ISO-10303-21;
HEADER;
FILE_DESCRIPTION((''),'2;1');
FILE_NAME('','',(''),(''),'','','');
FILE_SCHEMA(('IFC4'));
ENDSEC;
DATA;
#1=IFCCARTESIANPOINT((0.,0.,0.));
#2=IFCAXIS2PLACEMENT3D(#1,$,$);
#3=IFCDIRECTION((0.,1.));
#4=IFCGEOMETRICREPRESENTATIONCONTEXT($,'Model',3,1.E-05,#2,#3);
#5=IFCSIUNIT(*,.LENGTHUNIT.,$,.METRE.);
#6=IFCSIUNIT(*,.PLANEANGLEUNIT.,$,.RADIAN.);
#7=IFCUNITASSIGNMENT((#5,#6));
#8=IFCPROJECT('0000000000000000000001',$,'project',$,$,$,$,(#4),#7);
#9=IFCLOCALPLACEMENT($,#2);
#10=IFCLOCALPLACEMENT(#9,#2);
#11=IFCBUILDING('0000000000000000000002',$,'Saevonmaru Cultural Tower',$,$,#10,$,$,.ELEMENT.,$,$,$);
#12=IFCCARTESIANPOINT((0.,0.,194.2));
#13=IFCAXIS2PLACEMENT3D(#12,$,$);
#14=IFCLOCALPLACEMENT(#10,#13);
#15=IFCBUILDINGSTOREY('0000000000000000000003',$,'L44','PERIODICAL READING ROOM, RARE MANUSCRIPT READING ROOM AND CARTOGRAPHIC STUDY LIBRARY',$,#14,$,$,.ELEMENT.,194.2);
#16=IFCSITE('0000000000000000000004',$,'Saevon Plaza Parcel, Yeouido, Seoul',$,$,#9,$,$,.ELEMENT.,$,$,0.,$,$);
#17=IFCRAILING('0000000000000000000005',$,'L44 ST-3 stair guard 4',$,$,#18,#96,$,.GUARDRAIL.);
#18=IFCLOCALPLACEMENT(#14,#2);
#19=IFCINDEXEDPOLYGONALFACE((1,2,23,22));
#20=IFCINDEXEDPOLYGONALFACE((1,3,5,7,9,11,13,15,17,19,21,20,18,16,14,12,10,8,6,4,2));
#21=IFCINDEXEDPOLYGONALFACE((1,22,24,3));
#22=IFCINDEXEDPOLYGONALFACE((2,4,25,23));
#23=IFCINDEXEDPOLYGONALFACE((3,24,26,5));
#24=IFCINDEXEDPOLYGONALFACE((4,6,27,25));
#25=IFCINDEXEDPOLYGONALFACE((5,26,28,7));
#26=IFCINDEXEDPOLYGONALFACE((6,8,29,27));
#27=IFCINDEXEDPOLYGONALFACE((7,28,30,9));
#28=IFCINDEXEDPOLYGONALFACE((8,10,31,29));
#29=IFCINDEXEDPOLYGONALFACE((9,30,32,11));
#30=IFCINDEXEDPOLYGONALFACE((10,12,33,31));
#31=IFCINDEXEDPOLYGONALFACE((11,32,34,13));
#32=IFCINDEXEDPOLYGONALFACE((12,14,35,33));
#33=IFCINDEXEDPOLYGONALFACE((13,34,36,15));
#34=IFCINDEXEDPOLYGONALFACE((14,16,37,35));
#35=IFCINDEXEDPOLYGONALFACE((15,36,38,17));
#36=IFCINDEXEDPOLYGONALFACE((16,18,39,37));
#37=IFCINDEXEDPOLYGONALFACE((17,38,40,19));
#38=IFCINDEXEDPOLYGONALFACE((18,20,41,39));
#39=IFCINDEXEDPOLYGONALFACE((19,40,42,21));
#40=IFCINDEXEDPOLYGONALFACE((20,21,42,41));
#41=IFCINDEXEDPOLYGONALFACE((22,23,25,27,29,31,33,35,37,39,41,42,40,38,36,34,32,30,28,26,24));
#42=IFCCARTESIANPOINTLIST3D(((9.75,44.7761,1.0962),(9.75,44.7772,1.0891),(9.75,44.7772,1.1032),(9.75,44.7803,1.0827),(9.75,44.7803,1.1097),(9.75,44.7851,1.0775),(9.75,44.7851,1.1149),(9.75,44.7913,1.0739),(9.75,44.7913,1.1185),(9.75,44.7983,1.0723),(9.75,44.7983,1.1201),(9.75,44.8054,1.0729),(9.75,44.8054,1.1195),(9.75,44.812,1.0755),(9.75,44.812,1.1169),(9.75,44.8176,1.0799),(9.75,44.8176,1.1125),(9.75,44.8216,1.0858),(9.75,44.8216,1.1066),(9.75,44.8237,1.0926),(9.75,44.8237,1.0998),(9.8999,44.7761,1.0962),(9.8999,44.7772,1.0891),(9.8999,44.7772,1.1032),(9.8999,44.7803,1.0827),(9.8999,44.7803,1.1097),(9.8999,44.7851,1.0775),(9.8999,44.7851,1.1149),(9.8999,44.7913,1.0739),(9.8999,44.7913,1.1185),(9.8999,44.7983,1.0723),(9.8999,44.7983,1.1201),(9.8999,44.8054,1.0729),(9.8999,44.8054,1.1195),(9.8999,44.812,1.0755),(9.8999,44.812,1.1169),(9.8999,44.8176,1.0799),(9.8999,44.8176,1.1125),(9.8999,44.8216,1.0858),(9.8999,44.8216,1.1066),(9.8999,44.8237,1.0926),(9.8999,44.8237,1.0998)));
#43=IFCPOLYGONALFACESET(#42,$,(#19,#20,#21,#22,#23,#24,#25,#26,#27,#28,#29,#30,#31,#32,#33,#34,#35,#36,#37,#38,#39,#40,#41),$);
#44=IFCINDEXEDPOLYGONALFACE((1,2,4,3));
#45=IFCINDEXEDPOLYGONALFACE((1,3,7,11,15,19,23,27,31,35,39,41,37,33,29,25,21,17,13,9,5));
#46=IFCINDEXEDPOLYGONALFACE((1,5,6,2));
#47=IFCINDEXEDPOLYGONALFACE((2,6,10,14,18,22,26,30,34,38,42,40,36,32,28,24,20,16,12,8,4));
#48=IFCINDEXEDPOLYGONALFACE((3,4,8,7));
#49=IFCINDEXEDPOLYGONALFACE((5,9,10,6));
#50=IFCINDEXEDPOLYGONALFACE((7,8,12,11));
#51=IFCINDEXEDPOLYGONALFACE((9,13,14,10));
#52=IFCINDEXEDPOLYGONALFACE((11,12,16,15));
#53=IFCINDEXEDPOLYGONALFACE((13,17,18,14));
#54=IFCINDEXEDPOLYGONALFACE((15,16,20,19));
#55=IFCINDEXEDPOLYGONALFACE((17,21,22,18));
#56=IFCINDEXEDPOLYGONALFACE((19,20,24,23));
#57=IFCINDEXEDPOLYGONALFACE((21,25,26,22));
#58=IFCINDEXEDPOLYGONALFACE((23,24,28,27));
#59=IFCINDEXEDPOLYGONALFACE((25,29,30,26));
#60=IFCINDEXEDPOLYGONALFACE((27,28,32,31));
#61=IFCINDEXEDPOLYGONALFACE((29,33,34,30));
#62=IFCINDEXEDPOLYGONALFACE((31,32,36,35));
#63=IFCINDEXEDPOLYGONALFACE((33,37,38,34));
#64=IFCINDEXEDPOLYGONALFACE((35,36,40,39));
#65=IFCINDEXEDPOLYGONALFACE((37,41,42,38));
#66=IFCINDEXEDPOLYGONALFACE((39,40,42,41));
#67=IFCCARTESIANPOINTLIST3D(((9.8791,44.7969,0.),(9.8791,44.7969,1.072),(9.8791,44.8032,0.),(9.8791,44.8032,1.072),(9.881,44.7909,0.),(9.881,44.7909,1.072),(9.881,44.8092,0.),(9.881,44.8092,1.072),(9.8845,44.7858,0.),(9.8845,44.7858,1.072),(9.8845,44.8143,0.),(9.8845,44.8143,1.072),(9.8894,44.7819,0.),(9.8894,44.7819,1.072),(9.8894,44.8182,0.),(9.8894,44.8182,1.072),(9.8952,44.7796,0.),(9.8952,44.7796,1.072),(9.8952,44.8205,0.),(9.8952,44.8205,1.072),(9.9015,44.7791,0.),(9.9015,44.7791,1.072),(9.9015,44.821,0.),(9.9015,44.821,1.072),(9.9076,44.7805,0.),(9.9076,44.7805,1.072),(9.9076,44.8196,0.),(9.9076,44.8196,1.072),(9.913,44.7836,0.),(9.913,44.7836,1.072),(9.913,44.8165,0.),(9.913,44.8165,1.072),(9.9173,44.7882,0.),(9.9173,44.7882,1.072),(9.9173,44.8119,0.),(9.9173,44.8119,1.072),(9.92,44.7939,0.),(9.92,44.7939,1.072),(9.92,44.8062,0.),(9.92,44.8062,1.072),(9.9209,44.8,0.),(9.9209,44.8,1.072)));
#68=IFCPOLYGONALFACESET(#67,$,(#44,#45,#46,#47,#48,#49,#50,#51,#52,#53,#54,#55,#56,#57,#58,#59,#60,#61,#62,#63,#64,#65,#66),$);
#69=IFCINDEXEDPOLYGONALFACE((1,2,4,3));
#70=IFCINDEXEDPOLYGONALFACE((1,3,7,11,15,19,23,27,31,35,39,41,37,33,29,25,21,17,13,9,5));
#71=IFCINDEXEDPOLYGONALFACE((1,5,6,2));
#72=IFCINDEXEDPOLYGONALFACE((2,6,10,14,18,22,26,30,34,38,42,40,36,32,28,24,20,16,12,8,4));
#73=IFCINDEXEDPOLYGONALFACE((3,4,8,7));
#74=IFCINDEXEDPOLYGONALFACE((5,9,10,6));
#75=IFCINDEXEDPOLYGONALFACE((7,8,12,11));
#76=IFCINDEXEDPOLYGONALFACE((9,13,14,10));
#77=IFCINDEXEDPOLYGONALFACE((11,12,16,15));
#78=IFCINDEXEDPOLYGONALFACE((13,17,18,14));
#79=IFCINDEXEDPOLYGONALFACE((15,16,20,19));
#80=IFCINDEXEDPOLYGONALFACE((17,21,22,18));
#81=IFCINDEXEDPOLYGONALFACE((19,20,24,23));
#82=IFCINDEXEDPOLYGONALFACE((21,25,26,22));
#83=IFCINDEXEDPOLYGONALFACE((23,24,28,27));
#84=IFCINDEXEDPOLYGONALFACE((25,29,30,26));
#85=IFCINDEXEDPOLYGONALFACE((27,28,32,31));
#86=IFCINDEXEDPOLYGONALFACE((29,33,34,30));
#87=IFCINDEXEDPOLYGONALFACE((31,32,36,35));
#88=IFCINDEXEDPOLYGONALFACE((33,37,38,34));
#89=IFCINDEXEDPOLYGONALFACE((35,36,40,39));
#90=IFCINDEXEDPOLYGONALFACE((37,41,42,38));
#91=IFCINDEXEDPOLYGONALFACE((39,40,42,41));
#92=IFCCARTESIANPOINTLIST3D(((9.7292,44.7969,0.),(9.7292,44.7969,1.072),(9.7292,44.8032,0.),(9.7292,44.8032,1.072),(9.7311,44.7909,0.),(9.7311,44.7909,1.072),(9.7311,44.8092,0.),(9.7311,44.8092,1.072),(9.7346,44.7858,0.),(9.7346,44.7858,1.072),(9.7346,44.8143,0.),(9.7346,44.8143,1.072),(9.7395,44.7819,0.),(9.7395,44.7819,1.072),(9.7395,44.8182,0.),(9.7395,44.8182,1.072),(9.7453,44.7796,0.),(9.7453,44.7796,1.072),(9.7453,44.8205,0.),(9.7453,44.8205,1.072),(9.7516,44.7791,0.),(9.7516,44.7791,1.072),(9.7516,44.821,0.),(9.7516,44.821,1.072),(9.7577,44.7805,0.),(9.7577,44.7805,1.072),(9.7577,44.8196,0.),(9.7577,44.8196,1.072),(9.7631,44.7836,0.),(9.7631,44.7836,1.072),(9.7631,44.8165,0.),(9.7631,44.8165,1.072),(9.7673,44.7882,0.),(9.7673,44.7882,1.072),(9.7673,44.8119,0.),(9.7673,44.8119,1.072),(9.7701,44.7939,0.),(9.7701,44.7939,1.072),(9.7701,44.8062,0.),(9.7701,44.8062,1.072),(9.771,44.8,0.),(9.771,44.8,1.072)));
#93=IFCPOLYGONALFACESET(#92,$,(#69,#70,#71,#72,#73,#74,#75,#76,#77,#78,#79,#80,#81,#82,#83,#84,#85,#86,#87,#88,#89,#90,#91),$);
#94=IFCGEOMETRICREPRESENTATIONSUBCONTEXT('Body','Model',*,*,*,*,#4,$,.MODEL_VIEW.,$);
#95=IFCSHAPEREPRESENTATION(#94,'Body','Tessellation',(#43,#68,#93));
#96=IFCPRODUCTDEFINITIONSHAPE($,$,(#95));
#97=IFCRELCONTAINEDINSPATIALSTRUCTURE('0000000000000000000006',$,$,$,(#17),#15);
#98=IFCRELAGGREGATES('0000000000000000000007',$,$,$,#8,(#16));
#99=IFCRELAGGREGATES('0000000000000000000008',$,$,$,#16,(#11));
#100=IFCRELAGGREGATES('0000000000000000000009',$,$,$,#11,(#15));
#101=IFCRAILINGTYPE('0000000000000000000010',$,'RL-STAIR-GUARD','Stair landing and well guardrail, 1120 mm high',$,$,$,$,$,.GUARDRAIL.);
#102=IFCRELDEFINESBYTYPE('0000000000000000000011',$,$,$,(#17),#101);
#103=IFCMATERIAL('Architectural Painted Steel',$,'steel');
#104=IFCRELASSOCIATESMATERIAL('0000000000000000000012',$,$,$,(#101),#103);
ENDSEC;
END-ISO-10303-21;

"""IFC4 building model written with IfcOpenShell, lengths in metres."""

from ifc_helpers import new_model, si_unit, direction, frame, origin, origin_2d, place, context, subcontext, project, spatial, circle, extrude, material, type_object, element, save


model = new_model("IFC4")

# Units and contexts
model_context = context("Model", 3, precision=1e-05, world=origin(), true_north=direction((0.0, 1.0)))
body_context = subcontext(model_context, "Body", "Model", "MODEL_VIEW")
ifc_project = project(units=[si_unit("LENGTHUNIT", "METRE"), si_unit("PLANEANGLEUNIT", "RADIAN")], contexts=[model_context])

# Site, building, storey
site_placement = place(None, origin())
site = spatial("IfcSite", under=ifc_project, at=site_placement, Name="Saevon Plaza Parcel, Yeouido, Seoul", CompositionType="ELEMENT", RefElevation=0.0)
building_placement = place(site_placement, origin())
building = spatial("IfcBuilding", under=site, at=building_placement, Name="Saevonmaru Cultural Tower", CompositionType="ELEMENT")
storey_placement = place(building_placement, frame((0.0, 0.0, 194.2)))
storey = spatial("IfcBuildingStorey", under=building, at=storey_placement, Name="L44", Description="PERIODICAL READING ROOM, RARE MANUSCRIPT READING ROOM AND CARTOGRAPHIC STUDY LIBRARY", CompositionType="ELEMENT", Elevation=194.2)

# Railing
ifc_material_1 = material(Name="Architectural Painted Steel", Category="steel")
railing_type_1 = type_object("IfcRailingType", Name="RL-STAIR-GUARD", Description="Stair landing and well guardrail, 1120 mm high", PredefinedType="GUARDRAIL", material=ifc_material_1)
railing_1_placement = place(storey_placement, frame((9.8999, 44.8, 0.0)))
element("IfcRailing", 1, at=railing_1_placement, inside=storey, type_object=railing_type_1, Name="L44 ST-3 stair guard 4", PredefinedType="GUARDRAIL", context=body_context, shape_type="SweptSolid", body=[
    extrude(circle(Radius=0.0239, at=origin_2d()), frame((0.0, 0.0, 1.0962), z_axis=(-1.0, 0.0, 0.0), x_axis=(0.0, -1.0, 0.0)), (0.0, 0.0, 1.0), 0.1499),
    extrude(circle(Radius=0.021, at=origin_2d()), origin(), (0.0, 0.0, 1.0), 1.072),
    extrude(circle(Radius=0.021, at=origin_2d()), frame((-0.1499, 0.0, 0.0)), (0.0, 0.0, 1.0), 1.072),
])

save(model, "model.ifc")
